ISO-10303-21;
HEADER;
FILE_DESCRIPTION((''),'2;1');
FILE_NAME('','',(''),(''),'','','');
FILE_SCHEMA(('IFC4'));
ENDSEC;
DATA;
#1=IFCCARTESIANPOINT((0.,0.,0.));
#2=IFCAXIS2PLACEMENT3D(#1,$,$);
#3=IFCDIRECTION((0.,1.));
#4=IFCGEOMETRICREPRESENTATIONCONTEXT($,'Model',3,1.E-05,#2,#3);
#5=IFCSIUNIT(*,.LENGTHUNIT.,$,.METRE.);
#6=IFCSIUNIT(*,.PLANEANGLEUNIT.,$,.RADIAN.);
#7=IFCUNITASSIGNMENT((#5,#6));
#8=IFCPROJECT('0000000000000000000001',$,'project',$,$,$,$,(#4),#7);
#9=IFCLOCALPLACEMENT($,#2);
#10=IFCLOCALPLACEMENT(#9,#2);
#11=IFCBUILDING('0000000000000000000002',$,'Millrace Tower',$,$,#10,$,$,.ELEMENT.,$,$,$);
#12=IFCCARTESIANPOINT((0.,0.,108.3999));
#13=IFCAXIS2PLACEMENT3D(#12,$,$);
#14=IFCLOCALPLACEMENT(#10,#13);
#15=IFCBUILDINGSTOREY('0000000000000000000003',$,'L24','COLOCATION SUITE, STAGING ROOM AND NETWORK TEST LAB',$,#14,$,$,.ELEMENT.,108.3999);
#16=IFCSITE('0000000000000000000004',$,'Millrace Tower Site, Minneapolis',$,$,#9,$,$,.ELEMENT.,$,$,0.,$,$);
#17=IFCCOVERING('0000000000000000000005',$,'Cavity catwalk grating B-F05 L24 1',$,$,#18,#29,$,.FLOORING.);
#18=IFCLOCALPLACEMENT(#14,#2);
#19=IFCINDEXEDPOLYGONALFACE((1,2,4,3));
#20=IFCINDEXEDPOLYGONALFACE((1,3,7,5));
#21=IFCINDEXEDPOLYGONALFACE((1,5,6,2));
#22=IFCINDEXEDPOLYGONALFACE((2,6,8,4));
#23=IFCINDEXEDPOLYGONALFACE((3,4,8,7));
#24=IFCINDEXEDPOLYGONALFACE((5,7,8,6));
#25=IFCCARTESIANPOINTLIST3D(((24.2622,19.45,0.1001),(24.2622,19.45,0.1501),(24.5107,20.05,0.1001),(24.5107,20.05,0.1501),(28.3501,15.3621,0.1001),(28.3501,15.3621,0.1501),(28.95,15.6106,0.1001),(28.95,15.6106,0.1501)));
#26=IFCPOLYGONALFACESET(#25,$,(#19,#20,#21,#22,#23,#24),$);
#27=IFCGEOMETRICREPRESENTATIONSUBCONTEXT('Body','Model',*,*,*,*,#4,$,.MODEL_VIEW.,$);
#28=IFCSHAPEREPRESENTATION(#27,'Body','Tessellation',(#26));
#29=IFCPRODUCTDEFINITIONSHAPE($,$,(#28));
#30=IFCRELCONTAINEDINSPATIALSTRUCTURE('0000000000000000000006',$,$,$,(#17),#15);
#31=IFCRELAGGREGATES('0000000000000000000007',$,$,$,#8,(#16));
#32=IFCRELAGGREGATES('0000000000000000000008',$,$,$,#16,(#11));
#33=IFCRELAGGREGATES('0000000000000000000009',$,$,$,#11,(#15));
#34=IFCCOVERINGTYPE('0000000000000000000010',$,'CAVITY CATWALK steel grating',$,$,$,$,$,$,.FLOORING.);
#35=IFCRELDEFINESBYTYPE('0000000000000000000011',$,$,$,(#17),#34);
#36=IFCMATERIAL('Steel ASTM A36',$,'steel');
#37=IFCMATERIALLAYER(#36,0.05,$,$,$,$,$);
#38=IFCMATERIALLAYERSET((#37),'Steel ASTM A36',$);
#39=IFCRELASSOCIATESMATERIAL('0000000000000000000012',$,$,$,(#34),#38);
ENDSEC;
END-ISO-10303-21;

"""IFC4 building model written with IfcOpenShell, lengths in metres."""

from ifc_helpers import new_model, si_unit, direction, frame, origin, place, context, subcontext, project, spatial, polyline, outline, extrude, material, layer, layer_set, type_object, element, save


model = new_model("IFC4")

# Units and contexts
model_context = context("Model", 3, precision=1e-05, world=origin(), true_north=direction((0.0, 1.0)))
body_context = subcontext(model_context, "Body", "Model", "MODEL_VIEW")
ifc_project = project(units=[si_unit("LENGTHUNIT", "METRE"), si_unit("PLANEANGLEUNIT", "RADIAN")], contexts=[model_context])

# Site, building, storey
site_placement = place(None, origin())
site = spatial("IfcSite", under=ifc_project, at=site_placement, Name="Millrace Tower Site, Minneapolis", CompositionType="ELEMENT", RefElevation=0.0)
building_placement = place(site_placement, origin())
building = spatial("IfcBuilding", under=site, at=building_placement, Name="Millrace Tower", CompositionType="ELEMENT")
storey_placement = place(building_placement, frame((0.0, 0.0, 108.3999)))
storey = spatial("IfcBuildingStorey", under=building, at=storey_placement, Name="L24", Description="COLOCATION SUITE, STAGING ROOM AND NETWORK TEST LAB", CompositionType="ELEMENT", Elevation=108.3999)

# Covering
ifc_material_1 = material(Name="Steel ASTM A36", Category="steel")
ifc_layer_1 = layer(ifc_material_1, 0.05)
ifc_layer_set_1 = layer_set([ifc_layer_1], Name="Steel ASTM A36")
covering_type = type_object("IfcCoveringType", Name="CAVITY CATWALK steel grating", PredefinedType="FLOORING", material=ifc_layer_set_1)
placement_1 = place(storey_placement, frame((0.0, 0.0, 0.1001)))
element("IfcCovering", 1, at=placement_1, inside=storey, type_object=covering_type, Name="Cavity catwalk grating B-F05 L24 1", PredefinedType="FLOORING", context=body_context, shape_type="SweptSolid", body=[
    extrude(outline(polyline([(28.95, 15.6106), (24.5107, 20.05), (24.2622, 19.45), (28.3501, 15.3621), (28.95, 15.6106)])), origin(), (0.0, 0.0, 1.0), 0.05),
])

save(model, "model.ifc")
